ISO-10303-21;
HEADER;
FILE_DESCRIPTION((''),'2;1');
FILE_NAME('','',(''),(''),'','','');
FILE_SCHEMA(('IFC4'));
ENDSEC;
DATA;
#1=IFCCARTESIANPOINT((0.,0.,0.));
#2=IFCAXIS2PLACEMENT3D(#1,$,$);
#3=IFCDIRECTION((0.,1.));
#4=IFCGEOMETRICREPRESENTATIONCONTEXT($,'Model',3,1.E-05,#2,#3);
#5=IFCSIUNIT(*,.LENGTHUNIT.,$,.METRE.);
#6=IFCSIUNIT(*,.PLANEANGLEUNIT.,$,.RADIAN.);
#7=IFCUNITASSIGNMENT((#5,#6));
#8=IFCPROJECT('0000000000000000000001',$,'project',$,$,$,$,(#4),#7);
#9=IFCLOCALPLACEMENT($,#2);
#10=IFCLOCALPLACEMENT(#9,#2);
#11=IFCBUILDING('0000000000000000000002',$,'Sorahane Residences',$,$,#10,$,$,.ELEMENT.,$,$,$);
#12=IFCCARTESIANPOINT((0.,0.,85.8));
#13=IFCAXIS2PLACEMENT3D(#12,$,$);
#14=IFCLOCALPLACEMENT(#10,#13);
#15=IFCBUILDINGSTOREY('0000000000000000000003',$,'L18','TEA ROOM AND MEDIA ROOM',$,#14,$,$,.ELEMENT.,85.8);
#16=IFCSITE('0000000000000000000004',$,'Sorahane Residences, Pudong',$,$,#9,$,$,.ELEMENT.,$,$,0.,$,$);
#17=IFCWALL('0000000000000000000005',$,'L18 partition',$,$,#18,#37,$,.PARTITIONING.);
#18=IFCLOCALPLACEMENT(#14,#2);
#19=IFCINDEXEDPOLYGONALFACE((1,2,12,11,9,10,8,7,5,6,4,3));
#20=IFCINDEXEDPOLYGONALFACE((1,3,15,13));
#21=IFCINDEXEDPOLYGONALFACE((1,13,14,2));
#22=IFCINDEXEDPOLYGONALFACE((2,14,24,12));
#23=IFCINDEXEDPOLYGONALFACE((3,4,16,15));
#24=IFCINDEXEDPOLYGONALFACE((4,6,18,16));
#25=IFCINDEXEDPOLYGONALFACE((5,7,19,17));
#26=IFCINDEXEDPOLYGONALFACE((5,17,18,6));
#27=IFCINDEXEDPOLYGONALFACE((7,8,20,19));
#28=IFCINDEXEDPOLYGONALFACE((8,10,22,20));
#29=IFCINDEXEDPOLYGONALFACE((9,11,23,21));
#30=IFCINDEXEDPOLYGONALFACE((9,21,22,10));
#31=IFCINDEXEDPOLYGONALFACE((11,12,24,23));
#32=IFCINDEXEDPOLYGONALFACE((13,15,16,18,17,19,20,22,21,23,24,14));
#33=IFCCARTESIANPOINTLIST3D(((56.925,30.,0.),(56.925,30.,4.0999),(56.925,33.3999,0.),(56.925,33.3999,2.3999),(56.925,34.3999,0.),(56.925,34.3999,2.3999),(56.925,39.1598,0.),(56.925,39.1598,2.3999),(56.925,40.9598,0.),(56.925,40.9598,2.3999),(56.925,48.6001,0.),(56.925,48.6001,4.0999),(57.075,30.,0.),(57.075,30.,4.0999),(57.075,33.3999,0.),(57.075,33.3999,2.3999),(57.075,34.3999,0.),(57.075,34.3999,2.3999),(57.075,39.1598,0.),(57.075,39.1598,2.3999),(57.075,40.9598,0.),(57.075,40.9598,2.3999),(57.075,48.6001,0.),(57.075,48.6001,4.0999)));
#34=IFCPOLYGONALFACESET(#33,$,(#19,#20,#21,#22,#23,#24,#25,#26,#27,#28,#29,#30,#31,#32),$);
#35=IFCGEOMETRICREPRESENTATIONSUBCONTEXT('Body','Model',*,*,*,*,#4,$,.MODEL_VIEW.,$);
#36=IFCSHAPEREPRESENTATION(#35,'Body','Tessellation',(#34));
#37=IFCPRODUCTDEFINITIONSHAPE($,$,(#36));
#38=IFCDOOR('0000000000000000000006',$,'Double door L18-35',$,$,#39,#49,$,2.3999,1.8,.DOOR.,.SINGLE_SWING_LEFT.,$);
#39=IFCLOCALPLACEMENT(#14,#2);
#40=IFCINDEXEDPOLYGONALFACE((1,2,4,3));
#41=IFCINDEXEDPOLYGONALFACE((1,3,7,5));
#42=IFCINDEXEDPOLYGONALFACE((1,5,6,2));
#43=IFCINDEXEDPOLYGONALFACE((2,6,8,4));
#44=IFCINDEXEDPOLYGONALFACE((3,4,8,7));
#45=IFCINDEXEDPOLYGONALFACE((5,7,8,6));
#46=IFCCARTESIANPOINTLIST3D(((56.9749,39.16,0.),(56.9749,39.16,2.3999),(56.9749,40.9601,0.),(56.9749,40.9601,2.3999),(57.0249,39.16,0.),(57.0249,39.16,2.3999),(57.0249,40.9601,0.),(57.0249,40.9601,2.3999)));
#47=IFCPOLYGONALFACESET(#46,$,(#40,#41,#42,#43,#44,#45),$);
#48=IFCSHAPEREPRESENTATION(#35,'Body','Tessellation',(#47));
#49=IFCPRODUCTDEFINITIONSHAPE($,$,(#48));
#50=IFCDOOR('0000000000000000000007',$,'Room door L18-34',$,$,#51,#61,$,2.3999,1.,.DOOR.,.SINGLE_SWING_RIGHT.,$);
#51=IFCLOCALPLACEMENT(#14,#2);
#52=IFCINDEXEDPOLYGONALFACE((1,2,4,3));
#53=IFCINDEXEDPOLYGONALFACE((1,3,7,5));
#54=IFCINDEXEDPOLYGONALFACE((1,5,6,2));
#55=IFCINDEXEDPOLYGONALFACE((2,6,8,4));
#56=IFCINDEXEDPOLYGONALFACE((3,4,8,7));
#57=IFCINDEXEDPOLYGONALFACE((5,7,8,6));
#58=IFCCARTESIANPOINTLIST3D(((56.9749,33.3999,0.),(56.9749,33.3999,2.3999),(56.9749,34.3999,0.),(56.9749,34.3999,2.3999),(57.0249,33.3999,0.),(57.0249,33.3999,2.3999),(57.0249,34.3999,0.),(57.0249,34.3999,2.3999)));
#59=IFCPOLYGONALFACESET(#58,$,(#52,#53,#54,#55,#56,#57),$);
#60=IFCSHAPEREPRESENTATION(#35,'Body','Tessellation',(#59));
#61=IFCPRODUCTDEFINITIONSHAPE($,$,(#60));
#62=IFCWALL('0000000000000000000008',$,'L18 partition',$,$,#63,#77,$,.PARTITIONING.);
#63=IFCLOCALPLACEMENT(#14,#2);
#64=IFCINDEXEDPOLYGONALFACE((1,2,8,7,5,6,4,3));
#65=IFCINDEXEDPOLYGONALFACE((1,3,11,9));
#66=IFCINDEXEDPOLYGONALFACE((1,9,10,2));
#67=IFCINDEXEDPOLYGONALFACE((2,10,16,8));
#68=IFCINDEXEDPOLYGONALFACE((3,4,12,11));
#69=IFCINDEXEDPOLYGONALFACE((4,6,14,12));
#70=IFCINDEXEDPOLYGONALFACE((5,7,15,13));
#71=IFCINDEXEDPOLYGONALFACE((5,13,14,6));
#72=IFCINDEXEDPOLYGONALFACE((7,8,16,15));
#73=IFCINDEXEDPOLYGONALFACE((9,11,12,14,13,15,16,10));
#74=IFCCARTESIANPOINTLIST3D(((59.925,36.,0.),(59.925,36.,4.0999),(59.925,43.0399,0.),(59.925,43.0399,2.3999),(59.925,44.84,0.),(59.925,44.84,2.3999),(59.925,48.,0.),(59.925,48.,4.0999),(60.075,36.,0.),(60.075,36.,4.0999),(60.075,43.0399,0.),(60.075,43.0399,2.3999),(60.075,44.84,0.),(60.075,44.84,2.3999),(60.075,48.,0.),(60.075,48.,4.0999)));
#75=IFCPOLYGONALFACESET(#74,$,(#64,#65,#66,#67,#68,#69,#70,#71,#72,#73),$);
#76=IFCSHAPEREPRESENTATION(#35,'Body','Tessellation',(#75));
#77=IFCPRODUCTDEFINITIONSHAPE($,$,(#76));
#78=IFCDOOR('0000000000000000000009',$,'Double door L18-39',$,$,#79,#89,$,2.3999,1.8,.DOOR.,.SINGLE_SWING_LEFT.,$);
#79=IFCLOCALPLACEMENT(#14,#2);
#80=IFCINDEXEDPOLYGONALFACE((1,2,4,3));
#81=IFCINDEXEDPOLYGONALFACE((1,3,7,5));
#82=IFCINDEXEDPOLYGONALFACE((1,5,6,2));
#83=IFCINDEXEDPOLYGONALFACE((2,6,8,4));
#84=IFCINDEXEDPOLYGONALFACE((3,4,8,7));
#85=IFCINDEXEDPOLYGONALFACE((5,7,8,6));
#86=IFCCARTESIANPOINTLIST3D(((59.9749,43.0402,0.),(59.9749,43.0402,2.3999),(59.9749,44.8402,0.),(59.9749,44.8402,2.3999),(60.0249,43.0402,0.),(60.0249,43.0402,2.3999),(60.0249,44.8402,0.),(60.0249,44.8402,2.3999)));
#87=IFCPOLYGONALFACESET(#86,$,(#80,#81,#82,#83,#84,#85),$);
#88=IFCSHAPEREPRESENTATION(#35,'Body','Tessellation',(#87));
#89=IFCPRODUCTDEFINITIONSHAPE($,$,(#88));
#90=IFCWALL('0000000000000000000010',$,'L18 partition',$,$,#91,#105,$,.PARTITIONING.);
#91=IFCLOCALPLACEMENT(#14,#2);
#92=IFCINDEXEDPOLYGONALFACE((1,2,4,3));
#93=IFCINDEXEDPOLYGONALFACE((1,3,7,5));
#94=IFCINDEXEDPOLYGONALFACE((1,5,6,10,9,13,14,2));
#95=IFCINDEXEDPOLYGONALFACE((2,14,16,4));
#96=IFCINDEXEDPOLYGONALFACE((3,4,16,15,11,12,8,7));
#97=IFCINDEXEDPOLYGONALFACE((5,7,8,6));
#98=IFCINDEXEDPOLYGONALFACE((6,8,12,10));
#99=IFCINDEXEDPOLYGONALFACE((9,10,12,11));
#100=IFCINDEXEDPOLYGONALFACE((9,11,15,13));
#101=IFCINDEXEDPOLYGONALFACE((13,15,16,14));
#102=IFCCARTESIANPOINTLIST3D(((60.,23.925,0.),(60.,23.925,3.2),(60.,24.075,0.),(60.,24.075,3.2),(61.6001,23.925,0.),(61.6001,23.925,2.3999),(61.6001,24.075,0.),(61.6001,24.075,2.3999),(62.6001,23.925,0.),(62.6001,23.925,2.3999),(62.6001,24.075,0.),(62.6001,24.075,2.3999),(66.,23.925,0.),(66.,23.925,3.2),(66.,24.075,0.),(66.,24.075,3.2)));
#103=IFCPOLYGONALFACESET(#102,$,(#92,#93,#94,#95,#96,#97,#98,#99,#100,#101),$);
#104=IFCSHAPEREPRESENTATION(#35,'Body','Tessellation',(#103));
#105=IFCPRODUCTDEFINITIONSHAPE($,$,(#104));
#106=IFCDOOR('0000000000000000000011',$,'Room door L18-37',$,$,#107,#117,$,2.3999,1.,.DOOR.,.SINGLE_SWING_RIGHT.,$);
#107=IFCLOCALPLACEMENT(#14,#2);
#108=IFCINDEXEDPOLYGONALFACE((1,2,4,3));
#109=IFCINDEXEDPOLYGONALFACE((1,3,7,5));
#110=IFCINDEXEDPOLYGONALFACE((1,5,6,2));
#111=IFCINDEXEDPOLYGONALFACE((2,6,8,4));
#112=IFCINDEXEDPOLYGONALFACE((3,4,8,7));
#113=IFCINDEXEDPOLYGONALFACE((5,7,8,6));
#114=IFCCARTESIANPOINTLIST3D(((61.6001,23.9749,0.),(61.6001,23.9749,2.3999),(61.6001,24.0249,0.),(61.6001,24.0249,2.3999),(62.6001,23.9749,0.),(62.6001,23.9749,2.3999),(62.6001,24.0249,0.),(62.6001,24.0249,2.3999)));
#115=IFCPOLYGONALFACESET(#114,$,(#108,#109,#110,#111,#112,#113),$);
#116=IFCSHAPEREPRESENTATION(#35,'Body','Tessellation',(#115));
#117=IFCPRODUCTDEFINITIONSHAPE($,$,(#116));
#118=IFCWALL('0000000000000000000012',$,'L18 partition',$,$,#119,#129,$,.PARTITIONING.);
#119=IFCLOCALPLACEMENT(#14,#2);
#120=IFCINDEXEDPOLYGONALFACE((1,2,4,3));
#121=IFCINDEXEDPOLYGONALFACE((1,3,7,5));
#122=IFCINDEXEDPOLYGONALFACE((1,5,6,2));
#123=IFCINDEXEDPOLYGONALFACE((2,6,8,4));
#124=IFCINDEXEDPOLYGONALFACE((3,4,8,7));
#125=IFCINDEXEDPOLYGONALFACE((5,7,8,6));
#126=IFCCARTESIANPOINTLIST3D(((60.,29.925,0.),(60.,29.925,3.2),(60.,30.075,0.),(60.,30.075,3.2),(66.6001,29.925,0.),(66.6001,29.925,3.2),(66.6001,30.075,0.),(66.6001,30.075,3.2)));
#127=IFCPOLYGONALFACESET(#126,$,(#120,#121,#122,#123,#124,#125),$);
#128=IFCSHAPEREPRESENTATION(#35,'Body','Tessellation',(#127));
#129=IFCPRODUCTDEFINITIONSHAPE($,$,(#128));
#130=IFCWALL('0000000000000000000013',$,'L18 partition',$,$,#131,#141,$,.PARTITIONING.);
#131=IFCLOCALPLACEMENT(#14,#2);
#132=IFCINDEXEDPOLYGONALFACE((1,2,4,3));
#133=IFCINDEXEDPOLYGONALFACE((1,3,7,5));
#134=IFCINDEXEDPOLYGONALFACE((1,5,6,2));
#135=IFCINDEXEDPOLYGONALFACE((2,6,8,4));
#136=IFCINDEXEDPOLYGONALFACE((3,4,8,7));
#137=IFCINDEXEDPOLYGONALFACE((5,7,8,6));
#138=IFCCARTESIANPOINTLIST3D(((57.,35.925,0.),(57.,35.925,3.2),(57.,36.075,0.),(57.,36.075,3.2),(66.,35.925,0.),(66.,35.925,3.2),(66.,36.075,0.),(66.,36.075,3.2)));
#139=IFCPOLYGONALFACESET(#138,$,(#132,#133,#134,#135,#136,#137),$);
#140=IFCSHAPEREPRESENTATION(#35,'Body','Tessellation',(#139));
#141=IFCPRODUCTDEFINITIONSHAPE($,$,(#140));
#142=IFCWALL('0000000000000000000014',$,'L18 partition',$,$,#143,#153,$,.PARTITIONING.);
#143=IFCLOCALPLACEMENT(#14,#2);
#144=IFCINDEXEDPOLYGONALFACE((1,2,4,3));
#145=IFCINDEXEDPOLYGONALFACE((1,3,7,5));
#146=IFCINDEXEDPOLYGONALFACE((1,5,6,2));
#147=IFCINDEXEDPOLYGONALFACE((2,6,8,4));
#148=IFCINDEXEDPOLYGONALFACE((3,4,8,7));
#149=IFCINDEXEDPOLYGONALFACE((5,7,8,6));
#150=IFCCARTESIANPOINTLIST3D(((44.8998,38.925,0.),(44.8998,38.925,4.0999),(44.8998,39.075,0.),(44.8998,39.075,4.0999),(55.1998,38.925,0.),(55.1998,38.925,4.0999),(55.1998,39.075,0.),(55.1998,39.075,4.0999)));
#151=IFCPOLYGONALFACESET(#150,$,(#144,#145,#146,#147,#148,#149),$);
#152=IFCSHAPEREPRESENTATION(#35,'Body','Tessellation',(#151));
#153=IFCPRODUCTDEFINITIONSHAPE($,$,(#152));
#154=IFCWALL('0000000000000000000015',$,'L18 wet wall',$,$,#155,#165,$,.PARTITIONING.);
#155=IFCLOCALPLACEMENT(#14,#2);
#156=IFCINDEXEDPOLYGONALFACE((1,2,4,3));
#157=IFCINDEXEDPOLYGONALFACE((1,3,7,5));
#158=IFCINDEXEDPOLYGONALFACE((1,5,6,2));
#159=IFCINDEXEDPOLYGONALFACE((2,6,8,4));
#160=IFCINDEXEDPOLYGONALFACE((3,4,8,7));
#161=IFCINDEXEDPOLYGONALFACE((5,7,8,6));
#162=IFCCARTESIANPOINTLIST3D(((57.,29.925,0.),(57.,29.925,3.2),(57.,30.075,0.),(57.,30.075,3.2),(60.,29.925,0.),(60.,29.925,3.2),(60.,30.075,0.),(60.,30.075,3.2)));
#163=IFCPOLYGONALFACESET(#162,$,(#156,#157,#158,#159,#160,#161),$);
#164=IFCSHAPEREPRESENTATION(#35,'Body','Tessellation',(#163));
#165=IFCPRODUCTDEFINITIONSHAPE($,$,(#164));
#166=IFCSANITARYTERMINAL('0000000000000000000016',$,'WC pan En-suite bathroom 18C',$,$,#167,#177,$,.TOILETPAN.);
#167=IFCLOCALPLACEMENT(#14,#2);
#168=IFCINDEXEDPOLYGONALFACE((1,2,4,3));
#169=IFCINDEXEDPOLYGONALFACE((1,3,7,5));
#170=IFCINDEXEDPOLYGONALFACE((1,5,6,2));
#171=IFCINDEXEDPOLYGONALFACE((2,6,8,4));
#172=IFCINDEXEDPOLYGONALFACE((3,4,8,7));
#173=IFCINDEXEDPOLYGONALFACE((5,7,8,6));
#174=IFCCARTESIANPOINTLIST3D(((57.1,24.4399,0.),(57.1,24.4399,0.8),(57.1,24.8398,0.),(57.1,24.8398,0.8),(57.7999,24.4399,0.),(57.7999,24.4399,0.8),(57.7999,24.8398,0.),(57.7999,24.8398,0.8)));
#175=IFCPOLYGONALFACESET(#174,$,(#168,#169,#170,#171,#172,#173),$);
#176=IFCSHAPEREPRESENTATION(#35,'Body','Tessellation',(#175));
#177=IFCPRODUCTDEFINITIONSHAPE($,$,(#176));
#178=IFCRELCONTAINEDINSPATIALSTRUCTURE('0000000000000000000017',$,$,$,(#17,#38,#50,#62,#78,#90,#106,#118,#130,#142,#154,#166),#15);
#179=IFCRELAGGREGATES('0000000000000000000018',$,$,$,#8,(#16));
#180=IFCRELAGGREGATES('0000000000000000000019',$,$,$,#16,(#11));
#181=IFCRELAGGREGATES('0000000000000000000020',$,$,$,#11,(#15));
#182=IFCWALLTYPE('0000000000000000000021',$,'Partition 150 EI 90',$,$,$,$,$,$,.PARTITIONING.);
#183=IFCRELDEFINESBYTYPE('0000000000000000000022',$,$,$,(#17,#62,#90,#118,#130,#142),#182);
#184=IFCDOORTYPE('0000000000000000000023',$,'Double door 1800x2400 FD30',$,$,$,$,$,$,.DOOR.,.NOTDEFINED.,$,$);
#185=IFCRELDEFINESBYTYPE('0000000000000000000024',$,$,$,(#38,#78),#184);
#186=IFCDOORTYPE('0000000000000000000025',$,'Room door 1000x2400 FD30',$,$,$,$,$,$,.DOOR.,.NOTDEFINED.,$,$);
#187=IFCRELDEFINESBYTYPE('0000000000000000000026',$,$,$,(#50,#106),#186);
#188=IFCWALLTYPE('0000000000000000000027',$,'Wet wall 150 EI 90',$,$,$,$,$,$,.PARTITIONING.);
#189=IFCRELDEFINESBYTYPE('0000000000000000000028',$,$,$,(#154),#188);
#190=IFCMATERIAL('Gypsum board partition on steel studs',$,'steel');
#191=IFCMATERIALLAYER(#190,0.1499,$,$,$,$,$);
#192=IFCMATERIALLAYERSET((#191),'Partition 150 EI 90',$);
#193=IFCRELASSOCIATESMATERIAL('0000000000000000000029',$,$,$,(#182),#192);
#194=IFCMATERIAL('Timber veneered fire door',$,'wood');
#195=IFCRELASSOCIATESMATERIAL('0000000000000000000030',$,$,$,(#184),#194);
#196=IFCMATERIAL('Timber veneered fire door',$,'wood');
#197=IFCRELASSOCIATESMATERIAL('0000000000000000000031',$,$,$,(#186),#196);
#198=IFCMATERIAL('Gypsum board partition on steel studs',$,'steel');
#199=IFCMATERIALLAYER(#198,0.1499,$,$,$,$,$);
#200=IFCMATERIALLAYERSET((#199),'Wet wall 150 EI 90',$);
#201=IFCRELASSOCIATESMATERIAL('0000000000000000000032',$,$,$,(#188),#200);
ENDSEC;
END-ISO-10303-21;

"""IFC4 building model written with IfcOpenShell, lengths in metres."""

from ifc_helpers import new_model, si_unit, direction, frame, frame_2d, origin, origin_2d, place, context, subcontext, project, spatial, rectangle, extrude, material, layer, layer_set, type_object, element, fill, save


model = new_model("IFC4")

# Units and contexts
model_context = context("Model", 3, precision=1e-05, world=origin(), true_north=direction((0.0, 1.0)))
body_context = subcontext(model_context, "Body", "Model", "MODEL_VIEW")
ifc_project = project(units=[si_unit("LENGTHUNIT", "METRE"), si_unit("PLANEANGLEUNIT", "RADIAN")], contexts=[model_context])

# Site, building, storey
site_placement = place(None, origin())
site = spatial("IfcSite", under=ifc_project, at=site_placement, Name="Sorahane Residences, Pudong", CompositionType="ELEMENT", RefElevation=0.0)
building_placement = place(site_placement, origin())
building = spatial("IfcBuilding", under=site, at=building_placement, Name="Sorahane Residences", CompositionType="ELEMENT")
storey_placement = place(building_placement, frame((0.0, 0.0, 85.8)))
storey = spatial("IfcBuildingStorey", under=building, at=storey_placement, Name="L18", Description="TEA ROOM AND MEDIA ROOM", CompositionType="ELEMENT", Elevation=85.8)

# Wall, openings, doors
ifc_material_1 = material(Name="Gypsum board partition on steel studs", Category="steel")
ifc_layer_1 = layer(ifc_material_1, 0.1499)
ifc_layer_set_1 = layer_set([ifc_layer_1], Name="Partition 150 EI 90")
wall_type_1 = type_object("IfcWallType", Name="Partition 150 EI 90", PredefinedType="PARTITIONING", material=ifc_layer_set_1)
wall_1_placement = place(storey_placement, frame((57.0, 30.0, 0.0), z_axis=(0.0, 0.0, 1.0), x_axis=(0.0, 1.0, 0.0)))
wall_1 = element("IfcWall", 1, at=wall_1_placement, inside=storey, type_object=wall_type_1, Name="L18 partition", PredefinedType="PARTITIONING", context=body_context, shape_type="SweptSolid", body=[
    extrude(rectangle(XDim=18.6001, YDim=0.1499, at=frame_2d((9.3, 0.0))), origin(), (0.0, 0.0, 1.0), 4.0999),
])
opening_1_placement = place(wall_1_placement, frame((3.3999, 0.0, 0.0)))
opening_1 = element("IfcOpeningElement", 2, at=opening_1_placement, cuts=wall_1, PredefinedType="OPENING", context=body_context, shape_type="SweptSolid", body=[
    extrude(rectangle(XDim=1.0, YDim=2.3999, at=frame_2d((0.5, 1.2))), frame((0.0, 0.085, 0.0), z_axis=(0.0, -1.0, 0.0), x_axis=(1.0, 0.0, 0.0)), (0.0, 0.0, 1.0), 0.1699),
])
opening_2_placement = place(wall_1_placement, frame((9.1599, 0.0, 0.0)))
opening_2 = element("IfcOpeningElement", 3, at=opening_2_placement, cuts=wall_1, PredefinedType="OPENING", context=body_context, shape_type="SweptSolid", body=[
    extrude(rectangle(XDim=1.8, YDim=2.3999, at=frame_2d((0.8999, 1.2))), frame((0.0, 0.085, 0.0), z_axis=(0.0, -1.0, 0.0), x_axis=(1.0, 0.0, 0.0)), (0.0, 0.0, 1.0), 0.1699),
])
ifc_material_2 = material(Name="Timber veneered fire door", Category="wood")
door_type_1 = type_object("IfcDoorType", Name="Double door 1800x2400 FD30", OperationType="NOTDEFINED", PredefinedType="DOOR", material=ifc_material_2)
door_1_placement = place(opening_2_placement, frame((1.8, 0.0, 0.0), z_axis=(0.0, 0.0, 1.0), x_axis=(-1.0, 0.0, 0.0)))
door_1 = element("IfcDoor", 4, at=door_1_placement, inside=storey, type_object=door_type_1, Name="Double door L18-35", OperationType="SINGLE_SWING_LEFT", OverallHeight=2.3999, OverallWidth=1.8, PredefinedType="DOOR", context=body_context, shape_type="SweptSolid", body=[
    extrude(rectangle(XDim=1.8, YDim=2.3999, at=frame_2d((0.8999, 1.2))), frame((0.0, 0.0249, 0.0), z_axis=(0.0, -1.0, 0.0), x_axis=(1.0, 0.0, 0.0)), (0.0, 0.0, 1.0), 0.05),
])
fill(opening_2, door_1)
ifc_material_3 = material(Name="Timber veneered fire door", Category="wood")
door_type_2 = type_object("IfcDoorType", Name="Room door 1000x2400 FD30", OperationType="NOTDEFINED", PredefinedType="DOOR", material=ifc_material_3)
door_2_placement = place(opening_1_placement, frame((1.0, 0.0, 0.0), z_axis=(0.0, 0.0, 1.0), x_axis=(-1.0, 0.0, 0.0)))
door_2 = element("IfcDoor", 5, at=door_2_placement, inside=storey, type_object=door_type_2, Name="Room door L18-34", OperationType="SINGLE_SWING_RIGHT", OverallHeight=2.3999, OverallWidth=1.0, PredefinedType="DOOR", context=body_context, shape_type="SweptSolid", body=[
    extrude(rectangle(XDim=1.0, YDim=2.3999, at=frame_2d((0.5, 1.2))), frame((0.0, 0.0249, 0.0), z_axis=(0.0, -1.0, 0.0), x_axis=(1.0, 0.0, 0.0)), (0.0, 0.0, 1.0), 0.05),
])
fill(opening_1, door_2)

# Walls, openings, doors
wall_2_placement = place(storey_placement, frame((60.0, 36.0, 0.0), z_axis=(0.0, 0.0, 1.0), x_axis=(0.0, 1.0, 0.0)))
wall_2 = element("IfcWall", 6, at=wall_2_placement, inside=storey, type_object=wall_type_1, Name="L18 partition", PredefinedType="PARTITIONING", context=body_context, shape_type="SweptSolid", body=[
    extrude(rectangle(XDim=12.0, YDim=0.1499, at=frame_2d((6.0, 0.0))), origin(), (0.0, 0.0, 1.0), 4.0999),
])
opening_3_placement = place(wall_2_placement, frame((7.04, 0.0, 0.0)))
opening_3 = element("IfcOpeningElement", 7, at=opening_3_placement, cuts=wall_2, PredefinedType="OPENING", context=body_context, shape_type="SweptSolid", body=[
    extrude(rectangle(XDim=1.8, YDim=2.3999, at=frame_2d((0.8999, 1.2))), frame((0.0, 0.085, 0.0), z_axis=(0.0, -1.0, 0.0), x_axis=(1.0, 0.0, 0.0)), (0.0, 0.0, 1.0), 0.1699),
])
door_3_placement = place(opening_3_placement, frame((1.8, 0.0, 0.0), z_axis=(0.0, 0.0, 1.0), x_axis=(-1.0, 0.0, 0.0)))
door_3 = element("IfcDoor", 8, at=door_3_placement, inside=storey, type_object=door_type_1, Name="Double door L18-39", OperationType="SINGLE_SWING_LEFT", OverallHeight=2.3999, OverallWidth=1.8, PredefinedType="DOOR", context=body_context, shape_type="SweptSolid", body=[
    extrude(rectangle(XDim=1.8, YDim=2.3999, at=frame_2d((0.8999, 1.2))), frame((0.0, 0.0249, 0.0), z_axis=(0.0, -1.0, 0.0), x_axis=(1.0, 0.0, 0.0)), (0.0, 0.0, 1.0), 0.05),
])
fill(opening_3, door_3)
wall_3_placement = place(storey_placement, frame((60.0, 24.0, 0.0), z_axis=(0.0, 0.0, 1.0), x_axis=(1.0, 0.0, 0.0)))
wall_3 = element("IfcWall", 9, at=wall_3_placement, inside=storey, type_object=wall_type_1, Name="L18 partition", PredefinedType="PARTITIONING", context=body_context, shape_type="SweptSolid", body=[
    extrude(rectangle(XDim=6.0, YDim=0.1499, at=frame_2d((3.0, 0.0))), origin(), (0.0, 0.0, 1.0), 3.2),
])
opening_4_placement = place(wall_3_placement, frame((1.6001, 0.0, 0.0)))
opening_4 = element("IfcOpeningElement", 10, at=opening_4_placement, cuts=wall_3, PredefinedType="OPENING", context=body_context, shape_type="SweptSolid", body=[
    extrude(rectangle(XDim=1.0, YDim=2.3999, at=frame_2d((0.5, 1.2))), frame((0.0, 0.085, 0.0), z_axis=(0.0, -1.0, 0.0), x_axis=(1.0, 0.0, 0.0)), (0.0, 0.0, 1.0), 0.1699),
])
door_4_placement = place(opening_4_placement, origin())
door_4 = element("IfcDoor", 11, at=door_4_placement, inside=storey, type_object=door_type_2, Name="Room door L18-37", OperationType="SINGLE_SWING_RIGHT", OverallHeight=2.3999, OverallWidth=1.0, PredefinedType="DOOR", context=body_context, shape_type="SweptSolid", body=[
    extrude(rectangle(XDim=1.0, YDim=2.3999, at=frame_2d((0.5, 1.2))), frame((0.0, 0.0249, 0.0), z_axis=(0.0, -1.0, 0.0), x_axis=(1.0, 0.0, 0.0)), (0.0, 0.0, 1.0), 0.05),
])
fill(opening_4, door_4)

# Walls
wall_4_placement = place(storey_placement, frame((60.0, 30.0, 0.0), z_axis=(0.0, 0.0, 1.0), x_axis=(1.0, 0.0, 0.0)))
element("IfcWall", 12, at=wall_4_placement, inside=storey, type_object=wall_type_1, Name="L18 partition", PredefinedType="PARTITIONING", context=body_context, shape_type="SweptSolid", body=[
    extrude(rectangle(XDim=6.6001, YDim=0.1499, at=frame_2d((3.3, 0.0))), origin(), (0.0, 0.0, 1.0), 3.2),
])
wall_5_placement = place(storey_placement, frame((57.0, 36.0, 0.0), z_axis=(0.0, 0.0, 1.0), x_axis=(1.0, 0.0, 0.0)))
element("IfcWall", 13, at=wall_5_placement, inside=storey, type_object=wall_type_1, Name="L18 partition", PredefinedType="PARTITIONING", context=body_context, shape_type="SweptSolid", body=[
    extrude(rectangle(XDim=9.0, YDim=0.1499, at=frame_2d((4.5, 0.0))), origin(), (0.0, 0.0, 1.0), 3.2),
])
wall_6_placement = place(storey_placement, frame((44.8999, 39.0, 0.0), z_axis=(0.0, 0.0, 1.0), x_axis=(1.0, 0.0, 0.0)))
element("IfcWall", 14, at=wall_6_placement, inside=storey, type_object=wall_type_1, Name="L18 partition", PredefinedType="PARTITIONING", context=body_context, shape_type="SweptSolid", body=[
    extrude(rectangle(XDim=10.3, YDim=0.1499, at=frame_2d((5.1499, 0.0))), origin(), (0.0, 0.0, 1.0), 4.0999),
])
ifc_material_4 = material(Name="Gypsum board partition on steel studs", Category="steel")
ifc_layer_2 = layer(ifc_material_4, 0.1499)
ifc_layer_set_2 = layer_set([ifc_layer_2], Name="Wet wall 150 EI 90")
wall_type_2 = type_object("IfcWallType", Name="Wet wall 150 EI 90", PredefinedType="PARTITIONING", material=ifc_layer_set_2)
wall_7_placement = place(storey_placement, frame((57.0, 30.0, 0.0), z_axis=(0.0, 0.0, 1.0), x_axis=(1.0, 0.0, 0.0)))
element("IfcWall", 15, at=wall_7_placement, inside=storey, type_object=wall_type_2, Name="L18 wet wall", PredefinedType="PARTITIONING", context=body_context, shape_type="SweptSolid", body=[
    extrude(rectangle(XDim=3.0, YDim=0.1499, at=frame_2d((1.5, 0.0))), origin(), (0.0, 0.0, 1.0), 3.2),
])

# Sanitary terminal
sanitary_terminal_1_placement = place(storey_placement, frame((57.45, 24.6399, 0.0), z_axis=(0.0, 0.0, 1.0), x_axis=(0.0, 1.0, 0.0)))
element("IfcSanitaryTerminal", 16, at=sanitary_terminal_1_placement, inside=storey, Name="WC pan En-suite bathroom 18C", PredefinedType="TOILETPAN", context=body_context, shape_type="SweptSolid", body=[
    extrude(rectangle(XDim=0.3999, YDim=0.7, at=origin_2d()), origin(), (0.0, 0.0, 1.0), 0.8),
])

save(model, "model.ifc")
